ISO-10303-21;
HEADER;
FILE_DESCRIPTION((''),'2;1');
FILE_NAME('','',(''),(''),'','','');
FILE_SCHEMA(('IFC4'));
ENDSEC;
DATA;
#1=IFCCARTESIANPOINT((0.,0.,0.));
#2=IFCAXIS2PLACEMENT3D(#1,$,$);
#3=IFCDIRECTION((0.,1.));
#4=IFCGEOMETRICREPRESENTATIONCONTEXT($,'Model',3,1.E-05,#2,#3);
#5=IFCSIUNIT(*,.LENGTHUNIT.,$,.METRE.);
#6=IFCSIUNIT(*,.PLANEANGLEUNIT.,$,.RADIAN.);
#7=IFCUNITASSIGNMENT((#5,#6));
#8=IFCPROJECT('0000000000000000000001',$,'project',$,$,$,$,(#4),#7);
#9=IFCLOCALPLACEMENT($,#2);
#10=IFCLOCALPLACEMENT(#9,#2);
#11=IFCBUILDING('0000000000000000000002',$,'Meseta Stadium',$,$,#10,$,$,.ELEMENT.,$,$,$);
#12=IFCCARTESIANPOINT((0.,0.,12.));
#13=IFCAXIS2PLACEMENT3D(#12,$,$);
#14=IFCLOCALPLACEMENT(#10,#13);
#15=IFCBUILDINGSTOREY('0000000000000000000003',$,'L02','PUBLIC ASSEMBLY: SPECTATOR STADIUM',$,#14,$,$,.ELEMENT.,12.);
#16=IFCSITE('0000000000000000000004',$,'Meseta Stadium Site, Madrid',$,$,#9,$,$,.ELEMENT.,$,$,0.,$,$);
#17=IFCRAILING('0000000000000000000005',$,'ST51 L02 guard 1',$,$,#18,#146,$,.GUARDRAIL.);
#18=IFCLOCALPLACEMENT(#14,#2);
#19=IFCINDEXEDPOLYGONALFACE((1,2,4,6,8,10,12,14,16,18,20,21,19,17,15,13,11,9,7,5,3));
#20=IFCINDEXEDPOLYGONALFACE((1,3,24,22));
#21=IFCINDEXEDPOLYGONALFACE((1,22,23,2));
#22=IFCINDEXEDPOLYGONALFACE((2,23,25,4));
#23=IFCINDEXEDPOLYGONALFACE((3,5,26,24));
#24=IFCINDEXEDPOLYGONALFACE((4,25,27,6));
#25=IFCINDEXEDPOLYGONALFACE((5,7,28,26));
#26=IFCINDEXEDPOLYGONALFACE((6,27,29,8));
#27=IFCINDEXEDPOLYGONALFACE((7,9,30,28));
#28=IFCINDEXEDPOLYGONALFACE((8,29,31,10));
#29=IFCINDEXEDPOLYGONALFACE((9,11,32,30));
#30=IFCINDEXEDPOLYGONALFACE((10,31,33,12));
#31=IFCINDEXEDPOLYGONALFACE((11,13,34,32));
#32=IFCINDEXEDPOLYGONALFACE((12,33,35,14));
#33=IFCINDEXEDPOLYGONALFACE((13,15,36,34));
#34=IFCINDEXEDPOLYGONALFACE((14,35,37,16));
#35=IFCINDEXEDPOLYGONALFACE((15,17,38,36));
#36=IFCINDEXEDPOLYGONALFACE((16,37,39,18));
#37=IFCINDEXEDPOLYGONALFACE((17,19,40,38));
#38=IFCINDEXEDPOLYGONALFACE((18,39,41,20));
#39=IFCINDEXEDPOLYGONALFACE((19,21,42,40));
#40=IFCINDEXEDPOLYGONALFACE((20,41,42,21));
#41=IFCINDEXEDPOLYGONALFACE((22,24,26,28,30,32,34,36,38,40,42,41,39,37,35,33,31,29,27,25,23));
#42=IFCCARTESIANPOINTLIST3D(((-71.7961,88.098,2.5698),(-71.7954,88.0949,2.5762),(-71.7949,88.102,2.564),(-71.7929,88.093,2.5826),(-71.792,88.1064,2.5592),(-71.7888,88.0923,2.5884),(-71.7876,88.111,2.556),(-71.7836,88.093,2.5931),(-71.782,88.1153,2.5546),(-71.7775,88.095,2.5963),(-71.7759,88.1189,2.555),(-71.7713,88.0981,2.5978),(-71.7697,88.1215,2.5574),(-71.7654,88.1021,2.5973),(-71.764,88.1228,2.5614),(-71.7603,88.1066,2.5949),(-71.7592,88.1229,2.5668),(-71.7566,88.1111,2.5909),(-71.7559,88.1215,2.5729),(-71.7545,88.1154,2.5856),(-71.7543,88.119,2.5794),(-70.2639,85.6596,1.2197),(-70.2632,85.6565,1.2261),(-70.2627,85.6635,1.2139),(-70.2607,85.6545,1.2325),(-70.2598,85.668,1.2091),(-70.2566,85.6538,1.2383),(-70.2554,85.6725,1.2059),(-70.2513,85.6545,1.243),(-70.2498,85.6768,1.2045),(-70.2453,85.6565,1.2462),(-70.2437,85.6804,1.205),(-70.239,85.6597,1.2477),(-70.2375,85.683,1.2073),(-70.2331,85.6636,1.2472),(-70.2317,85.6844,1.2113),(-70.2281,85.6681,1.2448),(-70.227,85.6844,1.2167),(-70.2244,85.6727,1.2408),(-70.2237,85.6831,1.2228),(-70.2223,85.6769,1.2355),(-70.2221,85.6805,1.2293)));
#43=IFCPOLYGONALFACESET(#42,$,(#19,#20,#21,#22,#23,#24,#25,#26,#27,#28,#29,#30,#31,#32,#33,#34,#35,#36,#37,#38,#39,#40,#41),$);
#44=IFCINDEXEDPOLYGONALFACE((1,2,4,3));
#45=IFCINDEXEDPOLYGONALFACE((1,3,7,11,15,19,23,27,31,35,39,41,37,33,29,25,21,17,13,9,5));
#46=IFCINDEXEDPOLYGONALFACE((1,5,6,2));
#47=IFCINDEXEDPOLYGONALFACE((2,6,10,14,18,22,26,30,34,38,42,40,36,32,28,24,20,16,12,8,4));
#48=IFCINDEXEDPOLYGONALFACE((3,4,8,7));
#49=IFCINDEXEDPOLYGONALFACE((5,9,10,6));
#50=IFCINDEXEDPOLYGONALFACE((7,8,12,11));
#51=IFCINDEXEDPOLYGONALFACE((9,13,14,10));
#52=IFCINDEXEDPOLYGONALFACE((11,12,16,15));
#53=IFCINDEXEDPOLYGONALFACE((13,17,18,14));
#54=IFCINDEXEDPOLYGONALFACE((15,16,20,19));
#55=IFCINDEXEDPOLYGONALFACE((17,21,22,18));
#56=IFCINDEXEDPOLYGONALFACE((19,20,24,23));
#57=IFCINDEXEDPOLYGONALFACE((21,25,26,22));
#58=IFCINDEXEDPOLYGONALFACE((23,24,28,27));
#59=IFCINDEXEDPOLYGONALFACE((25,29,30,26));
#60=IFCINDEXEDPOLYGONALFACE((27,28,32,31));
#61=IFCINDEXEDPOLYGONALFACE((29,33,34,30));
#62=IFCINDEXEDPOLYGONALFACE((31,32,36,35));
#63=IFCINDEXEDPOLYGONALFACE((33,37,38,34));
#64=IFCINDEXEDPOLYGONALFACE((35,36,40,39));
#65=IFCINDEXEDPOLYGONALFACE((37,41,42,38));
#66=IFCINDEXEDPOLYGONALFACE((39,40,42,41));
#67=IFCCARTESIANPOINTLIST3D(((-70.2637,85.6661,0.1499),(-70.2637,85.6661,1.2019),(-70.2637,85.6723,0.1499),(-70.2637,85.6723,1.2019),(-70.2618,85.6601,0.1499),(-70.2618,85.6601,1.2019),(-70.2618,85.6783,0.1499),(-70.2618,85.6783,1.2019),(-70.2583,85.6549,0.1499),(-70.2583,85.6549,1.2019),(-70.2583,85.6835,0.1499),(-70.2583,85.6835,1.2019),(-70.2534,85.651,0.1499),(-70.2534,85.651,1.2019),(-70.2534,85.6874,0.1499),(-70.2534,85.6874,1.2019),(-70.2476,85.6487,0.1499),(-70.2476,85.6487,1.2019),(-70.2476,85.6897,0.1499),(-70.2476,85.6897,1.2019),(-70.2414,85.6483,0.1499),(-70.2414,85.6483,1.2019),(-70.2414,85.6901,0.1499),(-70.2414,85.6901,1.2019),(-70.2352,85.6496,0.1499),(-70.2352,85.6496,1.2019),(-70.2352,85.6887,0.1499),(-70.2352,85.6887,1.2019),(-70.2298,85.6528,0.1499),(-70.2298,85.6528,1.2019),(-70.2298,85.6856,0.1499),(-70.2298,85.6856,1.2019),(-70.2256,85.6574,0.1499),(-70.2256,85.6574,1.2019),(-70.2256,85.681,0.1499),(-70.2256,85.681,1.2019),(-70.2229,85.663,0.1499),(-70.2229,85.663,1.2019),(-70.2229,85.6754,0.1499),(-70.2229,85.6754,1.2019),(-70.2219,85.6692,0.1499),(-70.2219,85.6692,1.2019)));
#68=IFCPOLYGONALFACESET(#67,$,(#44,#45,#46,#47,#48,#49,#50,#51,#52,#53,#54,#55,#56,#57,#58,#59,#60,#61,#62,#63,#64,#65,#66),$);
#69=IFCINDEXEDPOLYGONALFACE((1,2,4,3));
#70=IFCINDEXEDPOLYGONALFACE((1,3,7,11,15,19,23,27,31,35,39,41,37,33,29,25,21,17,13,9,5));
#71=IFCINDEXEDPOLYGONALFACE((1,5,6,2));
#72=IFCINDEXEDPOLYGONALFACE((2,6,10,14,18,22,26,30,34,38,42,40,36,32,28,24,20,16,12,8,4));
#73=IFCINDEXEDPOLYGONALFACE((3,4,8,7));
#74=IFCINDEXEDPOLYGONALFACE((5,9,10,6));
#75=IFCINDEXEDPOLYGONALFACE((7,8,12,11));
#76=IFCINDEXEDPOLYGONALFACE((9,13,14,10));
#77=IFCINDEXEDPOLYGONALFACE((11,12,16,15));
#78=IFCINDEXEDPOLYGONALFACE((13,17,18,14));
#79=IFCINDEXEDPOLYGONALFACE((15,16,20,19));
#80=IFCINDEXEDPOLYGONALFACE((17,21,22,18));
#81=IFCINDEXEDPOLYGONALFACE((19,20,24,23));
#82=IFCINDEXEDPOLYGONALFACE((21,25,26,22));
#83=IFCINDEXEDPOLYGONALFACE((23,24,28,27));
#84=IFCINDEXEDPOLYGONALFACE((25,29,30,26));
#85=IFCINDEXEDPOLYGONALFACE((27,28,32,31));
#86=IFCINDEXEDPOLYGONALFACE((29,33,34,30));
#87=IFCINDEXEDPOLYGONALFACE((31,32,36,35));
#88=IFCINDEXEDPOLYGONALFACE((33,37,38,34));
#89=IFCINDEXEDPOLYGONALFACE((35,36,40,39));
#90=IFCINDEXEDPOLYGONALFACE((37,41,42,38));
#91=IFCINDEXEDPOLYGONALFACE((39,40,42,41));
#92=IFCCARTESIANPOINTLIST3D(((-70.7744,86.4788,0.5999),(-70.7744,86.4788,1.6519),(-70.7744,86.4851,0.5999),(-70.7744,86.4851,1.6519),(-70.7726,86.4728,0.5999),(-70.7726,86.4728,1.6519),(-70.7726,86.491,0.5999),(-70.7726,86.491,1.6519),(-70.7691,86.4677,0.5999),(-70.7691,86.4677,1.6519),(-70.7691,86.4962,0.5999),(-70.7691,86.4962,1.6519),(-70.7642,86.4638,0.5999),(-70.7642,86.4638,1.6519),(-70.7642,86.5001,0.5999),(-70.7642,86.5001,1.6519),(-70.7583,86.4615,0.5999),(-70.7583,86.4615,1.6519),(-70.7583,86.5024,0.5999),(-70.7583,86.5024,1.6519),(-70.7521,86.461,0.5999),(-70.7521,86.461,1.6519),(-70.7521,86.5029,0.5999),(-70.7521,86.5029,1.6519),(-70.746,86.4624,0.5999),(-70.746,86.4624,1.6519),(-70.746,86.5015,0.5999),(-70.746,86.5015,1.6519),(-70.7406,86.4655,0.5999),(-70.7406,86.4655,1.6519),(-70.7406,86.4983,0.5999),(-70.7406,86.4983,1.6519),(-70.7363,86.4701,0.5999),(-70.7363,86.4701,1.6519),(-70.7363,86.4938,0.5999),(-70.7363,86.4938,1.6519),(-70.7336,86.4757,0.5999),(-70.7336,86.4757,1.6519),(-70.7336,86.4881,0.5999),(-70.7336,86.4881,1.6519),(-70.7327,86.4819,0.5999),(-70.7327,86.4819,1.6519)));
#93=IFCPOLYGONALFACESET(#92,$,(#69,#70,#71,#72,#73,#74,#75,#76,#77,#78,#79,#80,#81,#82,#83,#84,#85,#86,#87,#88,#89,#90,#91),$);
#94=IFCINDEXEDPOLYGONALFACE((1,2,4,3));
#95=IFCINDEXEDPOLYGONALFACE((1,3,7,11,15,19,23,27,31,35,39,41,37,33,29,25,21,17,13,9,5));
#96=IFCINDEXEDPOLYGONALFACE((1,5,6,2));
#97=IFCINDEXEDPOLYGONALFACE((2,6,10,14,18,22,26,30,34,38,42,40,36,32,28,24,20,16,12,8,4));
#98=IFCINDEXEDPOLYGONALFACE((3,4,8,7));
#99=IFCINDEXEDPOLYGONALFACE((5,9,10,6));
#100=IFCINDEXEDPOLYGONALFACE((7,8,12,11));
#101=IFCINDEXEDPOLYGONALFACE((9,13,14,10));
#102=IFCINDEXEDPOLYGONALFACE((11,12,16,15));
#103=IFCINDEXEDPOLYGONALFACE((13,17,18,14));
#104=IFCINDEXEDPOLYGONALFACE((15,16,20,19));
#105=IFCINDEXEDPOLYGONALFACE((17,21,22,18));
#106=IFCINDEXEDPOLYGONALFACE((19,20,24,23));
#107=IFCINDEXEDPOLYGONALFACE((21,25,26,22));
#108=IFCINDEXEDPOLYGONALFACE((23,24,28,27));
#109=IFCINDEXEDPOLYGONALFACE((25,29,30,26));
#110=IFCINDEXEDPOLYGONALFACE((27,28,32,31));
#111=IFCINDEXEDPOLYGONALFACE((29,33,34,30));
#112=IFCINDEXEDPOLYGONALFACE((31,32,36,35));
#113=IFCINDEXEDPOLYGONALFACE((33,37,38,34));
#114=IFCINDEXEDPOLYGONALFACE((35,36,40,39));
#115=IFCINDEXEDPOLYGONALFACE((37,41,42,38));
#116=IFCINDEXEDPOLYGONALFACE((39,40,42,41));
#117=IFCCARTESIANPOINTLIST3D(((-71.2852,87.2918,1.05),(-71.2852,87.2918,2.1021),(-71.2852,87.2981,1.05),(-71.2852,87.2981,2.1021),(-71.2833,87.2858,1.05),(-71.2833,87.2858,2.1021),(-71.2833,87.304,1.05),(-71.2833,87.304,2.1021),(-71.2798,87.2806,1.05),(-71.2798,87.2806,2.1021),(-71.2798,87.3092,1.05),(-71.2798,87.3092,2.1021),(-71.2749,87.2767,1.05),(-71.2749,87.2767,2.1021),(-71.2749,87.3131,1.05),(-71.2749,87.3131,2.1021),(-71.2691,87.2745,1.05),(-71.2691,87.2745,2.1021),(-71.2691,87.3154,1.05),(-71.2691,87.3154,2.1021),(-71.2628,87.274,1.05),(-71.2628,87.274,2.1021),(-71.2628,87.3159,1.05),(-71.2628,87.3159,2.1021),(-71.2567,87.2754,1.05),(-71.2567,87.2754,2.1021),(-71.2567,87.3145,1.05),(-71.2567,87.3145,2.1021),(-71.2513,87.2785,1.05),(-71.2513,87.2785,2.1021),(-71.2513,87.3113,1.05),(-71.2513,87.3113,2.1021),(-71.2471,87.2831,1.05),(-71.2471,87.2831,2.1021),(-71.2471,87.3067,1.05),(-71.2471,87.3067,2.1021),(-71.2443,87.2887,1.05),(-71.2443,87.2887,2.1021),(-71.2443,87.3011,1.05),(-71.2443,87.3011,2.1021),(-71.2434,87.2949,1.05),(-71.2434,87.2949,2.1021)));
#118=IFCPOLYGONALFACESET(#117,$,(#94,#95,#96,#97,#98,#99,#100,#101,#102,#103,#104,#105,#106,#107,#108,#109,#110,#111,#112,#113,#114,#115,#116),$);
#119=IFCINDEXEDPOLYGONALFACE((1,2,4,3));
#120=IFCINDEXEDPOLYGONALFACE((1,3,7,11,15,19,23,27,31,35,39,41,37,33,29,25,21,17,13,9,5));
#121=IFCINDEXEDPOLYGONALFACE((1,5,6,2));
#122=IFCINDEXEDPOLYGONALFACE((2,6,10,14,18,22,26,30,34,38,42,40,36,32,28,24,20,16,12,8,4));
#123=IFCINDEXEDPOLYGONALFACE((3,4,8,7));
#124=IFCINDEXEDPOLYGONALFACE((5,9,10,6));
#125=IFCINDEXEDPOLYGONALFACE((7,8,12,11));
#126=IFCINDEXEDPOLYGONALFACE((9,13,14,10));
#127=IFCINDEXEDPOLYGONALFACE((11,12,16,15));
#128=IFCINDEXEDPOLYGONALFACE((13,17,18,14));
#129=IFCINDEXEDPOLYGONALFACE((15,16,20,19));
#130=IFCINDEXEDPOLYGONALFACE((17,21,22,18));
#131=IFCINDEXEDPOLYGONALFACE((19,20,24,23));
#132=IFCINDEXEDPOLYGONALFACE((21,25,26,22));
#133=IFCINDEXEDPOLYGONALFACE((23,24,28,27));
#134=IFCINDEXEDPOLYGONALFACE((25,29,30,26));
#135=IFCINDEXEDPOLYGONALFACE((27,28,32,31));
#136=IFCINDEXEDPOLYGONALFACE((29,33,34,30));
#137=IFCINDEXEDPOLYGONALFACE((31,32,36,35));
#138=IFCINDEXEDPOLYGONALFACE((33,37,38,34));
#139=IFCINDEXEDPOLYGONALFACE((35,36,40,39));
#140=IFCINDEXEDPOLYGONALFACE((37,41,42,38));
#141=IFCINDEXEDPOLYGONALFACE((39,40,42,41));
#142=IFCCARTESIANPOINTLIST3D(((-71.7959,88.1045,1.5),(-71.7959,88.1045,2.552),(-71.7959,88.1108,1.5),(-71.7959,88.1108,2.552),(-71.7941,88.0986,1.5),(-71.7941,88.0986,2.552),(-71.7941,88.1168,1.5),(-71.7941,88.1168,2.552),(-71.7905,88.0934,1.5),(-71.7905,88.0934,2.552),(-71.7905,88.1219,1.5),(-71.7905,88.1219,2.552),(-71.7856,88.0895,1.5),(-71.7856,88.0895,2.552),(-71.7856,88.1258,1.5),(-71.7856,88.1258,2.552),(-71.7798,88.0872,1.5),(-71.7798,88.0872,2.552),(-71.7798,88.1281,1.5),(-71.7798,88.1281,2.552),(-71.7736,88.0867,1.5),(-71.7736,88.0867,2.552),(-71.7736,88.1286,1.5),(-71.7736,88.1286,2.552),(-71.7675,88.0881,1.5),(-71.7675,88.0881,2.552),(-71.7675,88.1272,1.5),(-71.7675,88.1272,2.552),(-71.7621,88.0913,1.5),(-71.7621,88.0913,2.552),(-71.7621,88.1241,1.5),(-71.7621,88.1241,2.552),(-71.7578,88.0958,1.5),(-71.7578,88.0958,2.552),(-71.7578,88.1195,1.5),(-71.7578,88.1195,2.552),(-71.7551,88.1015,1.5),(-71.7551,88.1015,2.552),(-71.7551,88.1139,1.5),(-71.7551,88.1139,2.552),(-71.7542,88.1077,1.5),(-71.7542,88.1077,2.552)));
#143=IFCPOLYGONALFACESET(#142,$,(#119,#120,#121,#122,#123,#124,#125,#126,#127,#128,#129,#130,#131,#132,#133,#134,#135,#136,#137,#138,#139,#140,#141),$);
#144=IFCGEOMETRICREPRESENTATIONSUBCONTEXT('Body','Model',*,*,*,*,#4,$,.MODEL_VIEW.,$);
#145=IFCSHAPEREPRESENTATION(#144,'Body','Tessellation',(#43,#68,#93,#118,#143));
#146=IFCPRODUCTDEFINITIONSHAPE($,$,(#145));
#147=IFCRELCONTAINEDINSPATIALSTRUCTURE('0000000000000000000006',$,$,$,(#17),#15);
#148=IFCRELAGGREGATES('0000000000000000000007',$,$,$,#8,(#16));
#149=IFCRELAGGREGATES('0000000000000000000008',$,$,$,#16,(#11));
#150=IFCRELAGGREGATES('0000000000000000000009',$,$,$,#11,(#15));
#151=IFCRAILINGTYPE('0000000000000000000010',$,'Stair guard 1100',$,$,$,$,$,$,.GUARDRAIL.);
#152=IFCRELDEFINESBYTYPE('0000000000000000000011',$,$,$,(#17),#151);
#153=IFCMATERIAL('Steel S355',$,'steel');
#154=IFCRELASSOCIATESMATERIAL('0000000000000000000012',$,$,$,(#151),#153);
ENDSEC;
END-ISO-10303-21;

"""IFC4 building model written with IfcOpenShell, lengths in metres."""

from ifc_helpers import new_model, si_unit, direction, frame, origin, origin_2d, place, context, subcontext, project, spatial, circle, extrude, material, type_object, element, save


model = new_model("IFC4")

# Units and contexts
model_context = context("Model", 3, precision=1e-05, world=origin(), true_north=direction((0.0, 1.0)))
body_context = subcontext(model_context, "Body", "Model", "MODEL_VIEW")
ifc_project = project(units=[si_unit("LENGTHUNIT", "METRE"), si_unit("PLANEANGLEUNIT", "RADIAN")], contexts=[model_context])

# Site, building, storey
site_placement = place(None, origin())
site = spatial("IfcSite", under=ifc_project, at=site_placement, Name="Meseta Stadium Site, Madrid", CompositionType="ELEMENT", RefElevation=0.0)
building_placement = place(site_placement, origin())
building = spatial("IfcBuilding", under=site, at=building_placement, Name="Meseta Stadium", CompositionType="ELEMENT")
storey_placement = place(building_placement, frame((0.0, 0.0, 12.0)))
storey = spatial("IfcBuildingStorey", under=building, at=storey_placement, Name="L02", Description="PUBLIC ASSEMBLY: SPECTATOR STADIUM", CompositionType="ELEMENT", Elevation=12.0)

# Railing
ifc_material_1 = material(Name="Steel S355", Category="steel")
railing_type_1 = type_object("IfcRailingType", Name="Stair guard 1100", PredefinedType="GUARDRAIL", material=ifc_material_1)
railing_1_placement = place(storey_placement, frame((-70.2429, 85.6692, 0.1499)))
element("IfcRailing", 1, at=railing_1_placement, inside=storey, type_object=railing_type_1, Name="ST51 L02 guard 1", PredefinedType="GUARDRAIL", context=body_context, shape_type="SweptSolid", body=[
    extrude(circle(Radius=0.0239, at=origin_2d()), frame((0.0, 0.0, 1.0762), z_axis=(-0.481731, 0.766655, 0.42447), x_axis=(-0.846719, -0.53204, 0.0)), (0.0, 0.0, 1.0), 3.1807),
    extrude(circle(Radius=0.021, at=origin_2d()), origin(), (0.0, 0.0, 1.0), 1.052),
    extrude(circle(Radius=0.021, at=origin_2d()), frame((-0.5107, 0.8127, 0.45)), (0.0, 0.0, 1.0), 1.052),
    extrude(circle(Radius=0.021, at=origin_2d()), frame((-1.0215, 1.6257, 0.9001)), (0.0, 0.0, 1.0), 1.052),
    extrude(circle(Radius=0.021, at=origin_2d()), frame((-1.5322, 2.4385, 1.3501)), (0.0, 0.0, 1.0), 1.052),
])

save(model, "model.ifc")
